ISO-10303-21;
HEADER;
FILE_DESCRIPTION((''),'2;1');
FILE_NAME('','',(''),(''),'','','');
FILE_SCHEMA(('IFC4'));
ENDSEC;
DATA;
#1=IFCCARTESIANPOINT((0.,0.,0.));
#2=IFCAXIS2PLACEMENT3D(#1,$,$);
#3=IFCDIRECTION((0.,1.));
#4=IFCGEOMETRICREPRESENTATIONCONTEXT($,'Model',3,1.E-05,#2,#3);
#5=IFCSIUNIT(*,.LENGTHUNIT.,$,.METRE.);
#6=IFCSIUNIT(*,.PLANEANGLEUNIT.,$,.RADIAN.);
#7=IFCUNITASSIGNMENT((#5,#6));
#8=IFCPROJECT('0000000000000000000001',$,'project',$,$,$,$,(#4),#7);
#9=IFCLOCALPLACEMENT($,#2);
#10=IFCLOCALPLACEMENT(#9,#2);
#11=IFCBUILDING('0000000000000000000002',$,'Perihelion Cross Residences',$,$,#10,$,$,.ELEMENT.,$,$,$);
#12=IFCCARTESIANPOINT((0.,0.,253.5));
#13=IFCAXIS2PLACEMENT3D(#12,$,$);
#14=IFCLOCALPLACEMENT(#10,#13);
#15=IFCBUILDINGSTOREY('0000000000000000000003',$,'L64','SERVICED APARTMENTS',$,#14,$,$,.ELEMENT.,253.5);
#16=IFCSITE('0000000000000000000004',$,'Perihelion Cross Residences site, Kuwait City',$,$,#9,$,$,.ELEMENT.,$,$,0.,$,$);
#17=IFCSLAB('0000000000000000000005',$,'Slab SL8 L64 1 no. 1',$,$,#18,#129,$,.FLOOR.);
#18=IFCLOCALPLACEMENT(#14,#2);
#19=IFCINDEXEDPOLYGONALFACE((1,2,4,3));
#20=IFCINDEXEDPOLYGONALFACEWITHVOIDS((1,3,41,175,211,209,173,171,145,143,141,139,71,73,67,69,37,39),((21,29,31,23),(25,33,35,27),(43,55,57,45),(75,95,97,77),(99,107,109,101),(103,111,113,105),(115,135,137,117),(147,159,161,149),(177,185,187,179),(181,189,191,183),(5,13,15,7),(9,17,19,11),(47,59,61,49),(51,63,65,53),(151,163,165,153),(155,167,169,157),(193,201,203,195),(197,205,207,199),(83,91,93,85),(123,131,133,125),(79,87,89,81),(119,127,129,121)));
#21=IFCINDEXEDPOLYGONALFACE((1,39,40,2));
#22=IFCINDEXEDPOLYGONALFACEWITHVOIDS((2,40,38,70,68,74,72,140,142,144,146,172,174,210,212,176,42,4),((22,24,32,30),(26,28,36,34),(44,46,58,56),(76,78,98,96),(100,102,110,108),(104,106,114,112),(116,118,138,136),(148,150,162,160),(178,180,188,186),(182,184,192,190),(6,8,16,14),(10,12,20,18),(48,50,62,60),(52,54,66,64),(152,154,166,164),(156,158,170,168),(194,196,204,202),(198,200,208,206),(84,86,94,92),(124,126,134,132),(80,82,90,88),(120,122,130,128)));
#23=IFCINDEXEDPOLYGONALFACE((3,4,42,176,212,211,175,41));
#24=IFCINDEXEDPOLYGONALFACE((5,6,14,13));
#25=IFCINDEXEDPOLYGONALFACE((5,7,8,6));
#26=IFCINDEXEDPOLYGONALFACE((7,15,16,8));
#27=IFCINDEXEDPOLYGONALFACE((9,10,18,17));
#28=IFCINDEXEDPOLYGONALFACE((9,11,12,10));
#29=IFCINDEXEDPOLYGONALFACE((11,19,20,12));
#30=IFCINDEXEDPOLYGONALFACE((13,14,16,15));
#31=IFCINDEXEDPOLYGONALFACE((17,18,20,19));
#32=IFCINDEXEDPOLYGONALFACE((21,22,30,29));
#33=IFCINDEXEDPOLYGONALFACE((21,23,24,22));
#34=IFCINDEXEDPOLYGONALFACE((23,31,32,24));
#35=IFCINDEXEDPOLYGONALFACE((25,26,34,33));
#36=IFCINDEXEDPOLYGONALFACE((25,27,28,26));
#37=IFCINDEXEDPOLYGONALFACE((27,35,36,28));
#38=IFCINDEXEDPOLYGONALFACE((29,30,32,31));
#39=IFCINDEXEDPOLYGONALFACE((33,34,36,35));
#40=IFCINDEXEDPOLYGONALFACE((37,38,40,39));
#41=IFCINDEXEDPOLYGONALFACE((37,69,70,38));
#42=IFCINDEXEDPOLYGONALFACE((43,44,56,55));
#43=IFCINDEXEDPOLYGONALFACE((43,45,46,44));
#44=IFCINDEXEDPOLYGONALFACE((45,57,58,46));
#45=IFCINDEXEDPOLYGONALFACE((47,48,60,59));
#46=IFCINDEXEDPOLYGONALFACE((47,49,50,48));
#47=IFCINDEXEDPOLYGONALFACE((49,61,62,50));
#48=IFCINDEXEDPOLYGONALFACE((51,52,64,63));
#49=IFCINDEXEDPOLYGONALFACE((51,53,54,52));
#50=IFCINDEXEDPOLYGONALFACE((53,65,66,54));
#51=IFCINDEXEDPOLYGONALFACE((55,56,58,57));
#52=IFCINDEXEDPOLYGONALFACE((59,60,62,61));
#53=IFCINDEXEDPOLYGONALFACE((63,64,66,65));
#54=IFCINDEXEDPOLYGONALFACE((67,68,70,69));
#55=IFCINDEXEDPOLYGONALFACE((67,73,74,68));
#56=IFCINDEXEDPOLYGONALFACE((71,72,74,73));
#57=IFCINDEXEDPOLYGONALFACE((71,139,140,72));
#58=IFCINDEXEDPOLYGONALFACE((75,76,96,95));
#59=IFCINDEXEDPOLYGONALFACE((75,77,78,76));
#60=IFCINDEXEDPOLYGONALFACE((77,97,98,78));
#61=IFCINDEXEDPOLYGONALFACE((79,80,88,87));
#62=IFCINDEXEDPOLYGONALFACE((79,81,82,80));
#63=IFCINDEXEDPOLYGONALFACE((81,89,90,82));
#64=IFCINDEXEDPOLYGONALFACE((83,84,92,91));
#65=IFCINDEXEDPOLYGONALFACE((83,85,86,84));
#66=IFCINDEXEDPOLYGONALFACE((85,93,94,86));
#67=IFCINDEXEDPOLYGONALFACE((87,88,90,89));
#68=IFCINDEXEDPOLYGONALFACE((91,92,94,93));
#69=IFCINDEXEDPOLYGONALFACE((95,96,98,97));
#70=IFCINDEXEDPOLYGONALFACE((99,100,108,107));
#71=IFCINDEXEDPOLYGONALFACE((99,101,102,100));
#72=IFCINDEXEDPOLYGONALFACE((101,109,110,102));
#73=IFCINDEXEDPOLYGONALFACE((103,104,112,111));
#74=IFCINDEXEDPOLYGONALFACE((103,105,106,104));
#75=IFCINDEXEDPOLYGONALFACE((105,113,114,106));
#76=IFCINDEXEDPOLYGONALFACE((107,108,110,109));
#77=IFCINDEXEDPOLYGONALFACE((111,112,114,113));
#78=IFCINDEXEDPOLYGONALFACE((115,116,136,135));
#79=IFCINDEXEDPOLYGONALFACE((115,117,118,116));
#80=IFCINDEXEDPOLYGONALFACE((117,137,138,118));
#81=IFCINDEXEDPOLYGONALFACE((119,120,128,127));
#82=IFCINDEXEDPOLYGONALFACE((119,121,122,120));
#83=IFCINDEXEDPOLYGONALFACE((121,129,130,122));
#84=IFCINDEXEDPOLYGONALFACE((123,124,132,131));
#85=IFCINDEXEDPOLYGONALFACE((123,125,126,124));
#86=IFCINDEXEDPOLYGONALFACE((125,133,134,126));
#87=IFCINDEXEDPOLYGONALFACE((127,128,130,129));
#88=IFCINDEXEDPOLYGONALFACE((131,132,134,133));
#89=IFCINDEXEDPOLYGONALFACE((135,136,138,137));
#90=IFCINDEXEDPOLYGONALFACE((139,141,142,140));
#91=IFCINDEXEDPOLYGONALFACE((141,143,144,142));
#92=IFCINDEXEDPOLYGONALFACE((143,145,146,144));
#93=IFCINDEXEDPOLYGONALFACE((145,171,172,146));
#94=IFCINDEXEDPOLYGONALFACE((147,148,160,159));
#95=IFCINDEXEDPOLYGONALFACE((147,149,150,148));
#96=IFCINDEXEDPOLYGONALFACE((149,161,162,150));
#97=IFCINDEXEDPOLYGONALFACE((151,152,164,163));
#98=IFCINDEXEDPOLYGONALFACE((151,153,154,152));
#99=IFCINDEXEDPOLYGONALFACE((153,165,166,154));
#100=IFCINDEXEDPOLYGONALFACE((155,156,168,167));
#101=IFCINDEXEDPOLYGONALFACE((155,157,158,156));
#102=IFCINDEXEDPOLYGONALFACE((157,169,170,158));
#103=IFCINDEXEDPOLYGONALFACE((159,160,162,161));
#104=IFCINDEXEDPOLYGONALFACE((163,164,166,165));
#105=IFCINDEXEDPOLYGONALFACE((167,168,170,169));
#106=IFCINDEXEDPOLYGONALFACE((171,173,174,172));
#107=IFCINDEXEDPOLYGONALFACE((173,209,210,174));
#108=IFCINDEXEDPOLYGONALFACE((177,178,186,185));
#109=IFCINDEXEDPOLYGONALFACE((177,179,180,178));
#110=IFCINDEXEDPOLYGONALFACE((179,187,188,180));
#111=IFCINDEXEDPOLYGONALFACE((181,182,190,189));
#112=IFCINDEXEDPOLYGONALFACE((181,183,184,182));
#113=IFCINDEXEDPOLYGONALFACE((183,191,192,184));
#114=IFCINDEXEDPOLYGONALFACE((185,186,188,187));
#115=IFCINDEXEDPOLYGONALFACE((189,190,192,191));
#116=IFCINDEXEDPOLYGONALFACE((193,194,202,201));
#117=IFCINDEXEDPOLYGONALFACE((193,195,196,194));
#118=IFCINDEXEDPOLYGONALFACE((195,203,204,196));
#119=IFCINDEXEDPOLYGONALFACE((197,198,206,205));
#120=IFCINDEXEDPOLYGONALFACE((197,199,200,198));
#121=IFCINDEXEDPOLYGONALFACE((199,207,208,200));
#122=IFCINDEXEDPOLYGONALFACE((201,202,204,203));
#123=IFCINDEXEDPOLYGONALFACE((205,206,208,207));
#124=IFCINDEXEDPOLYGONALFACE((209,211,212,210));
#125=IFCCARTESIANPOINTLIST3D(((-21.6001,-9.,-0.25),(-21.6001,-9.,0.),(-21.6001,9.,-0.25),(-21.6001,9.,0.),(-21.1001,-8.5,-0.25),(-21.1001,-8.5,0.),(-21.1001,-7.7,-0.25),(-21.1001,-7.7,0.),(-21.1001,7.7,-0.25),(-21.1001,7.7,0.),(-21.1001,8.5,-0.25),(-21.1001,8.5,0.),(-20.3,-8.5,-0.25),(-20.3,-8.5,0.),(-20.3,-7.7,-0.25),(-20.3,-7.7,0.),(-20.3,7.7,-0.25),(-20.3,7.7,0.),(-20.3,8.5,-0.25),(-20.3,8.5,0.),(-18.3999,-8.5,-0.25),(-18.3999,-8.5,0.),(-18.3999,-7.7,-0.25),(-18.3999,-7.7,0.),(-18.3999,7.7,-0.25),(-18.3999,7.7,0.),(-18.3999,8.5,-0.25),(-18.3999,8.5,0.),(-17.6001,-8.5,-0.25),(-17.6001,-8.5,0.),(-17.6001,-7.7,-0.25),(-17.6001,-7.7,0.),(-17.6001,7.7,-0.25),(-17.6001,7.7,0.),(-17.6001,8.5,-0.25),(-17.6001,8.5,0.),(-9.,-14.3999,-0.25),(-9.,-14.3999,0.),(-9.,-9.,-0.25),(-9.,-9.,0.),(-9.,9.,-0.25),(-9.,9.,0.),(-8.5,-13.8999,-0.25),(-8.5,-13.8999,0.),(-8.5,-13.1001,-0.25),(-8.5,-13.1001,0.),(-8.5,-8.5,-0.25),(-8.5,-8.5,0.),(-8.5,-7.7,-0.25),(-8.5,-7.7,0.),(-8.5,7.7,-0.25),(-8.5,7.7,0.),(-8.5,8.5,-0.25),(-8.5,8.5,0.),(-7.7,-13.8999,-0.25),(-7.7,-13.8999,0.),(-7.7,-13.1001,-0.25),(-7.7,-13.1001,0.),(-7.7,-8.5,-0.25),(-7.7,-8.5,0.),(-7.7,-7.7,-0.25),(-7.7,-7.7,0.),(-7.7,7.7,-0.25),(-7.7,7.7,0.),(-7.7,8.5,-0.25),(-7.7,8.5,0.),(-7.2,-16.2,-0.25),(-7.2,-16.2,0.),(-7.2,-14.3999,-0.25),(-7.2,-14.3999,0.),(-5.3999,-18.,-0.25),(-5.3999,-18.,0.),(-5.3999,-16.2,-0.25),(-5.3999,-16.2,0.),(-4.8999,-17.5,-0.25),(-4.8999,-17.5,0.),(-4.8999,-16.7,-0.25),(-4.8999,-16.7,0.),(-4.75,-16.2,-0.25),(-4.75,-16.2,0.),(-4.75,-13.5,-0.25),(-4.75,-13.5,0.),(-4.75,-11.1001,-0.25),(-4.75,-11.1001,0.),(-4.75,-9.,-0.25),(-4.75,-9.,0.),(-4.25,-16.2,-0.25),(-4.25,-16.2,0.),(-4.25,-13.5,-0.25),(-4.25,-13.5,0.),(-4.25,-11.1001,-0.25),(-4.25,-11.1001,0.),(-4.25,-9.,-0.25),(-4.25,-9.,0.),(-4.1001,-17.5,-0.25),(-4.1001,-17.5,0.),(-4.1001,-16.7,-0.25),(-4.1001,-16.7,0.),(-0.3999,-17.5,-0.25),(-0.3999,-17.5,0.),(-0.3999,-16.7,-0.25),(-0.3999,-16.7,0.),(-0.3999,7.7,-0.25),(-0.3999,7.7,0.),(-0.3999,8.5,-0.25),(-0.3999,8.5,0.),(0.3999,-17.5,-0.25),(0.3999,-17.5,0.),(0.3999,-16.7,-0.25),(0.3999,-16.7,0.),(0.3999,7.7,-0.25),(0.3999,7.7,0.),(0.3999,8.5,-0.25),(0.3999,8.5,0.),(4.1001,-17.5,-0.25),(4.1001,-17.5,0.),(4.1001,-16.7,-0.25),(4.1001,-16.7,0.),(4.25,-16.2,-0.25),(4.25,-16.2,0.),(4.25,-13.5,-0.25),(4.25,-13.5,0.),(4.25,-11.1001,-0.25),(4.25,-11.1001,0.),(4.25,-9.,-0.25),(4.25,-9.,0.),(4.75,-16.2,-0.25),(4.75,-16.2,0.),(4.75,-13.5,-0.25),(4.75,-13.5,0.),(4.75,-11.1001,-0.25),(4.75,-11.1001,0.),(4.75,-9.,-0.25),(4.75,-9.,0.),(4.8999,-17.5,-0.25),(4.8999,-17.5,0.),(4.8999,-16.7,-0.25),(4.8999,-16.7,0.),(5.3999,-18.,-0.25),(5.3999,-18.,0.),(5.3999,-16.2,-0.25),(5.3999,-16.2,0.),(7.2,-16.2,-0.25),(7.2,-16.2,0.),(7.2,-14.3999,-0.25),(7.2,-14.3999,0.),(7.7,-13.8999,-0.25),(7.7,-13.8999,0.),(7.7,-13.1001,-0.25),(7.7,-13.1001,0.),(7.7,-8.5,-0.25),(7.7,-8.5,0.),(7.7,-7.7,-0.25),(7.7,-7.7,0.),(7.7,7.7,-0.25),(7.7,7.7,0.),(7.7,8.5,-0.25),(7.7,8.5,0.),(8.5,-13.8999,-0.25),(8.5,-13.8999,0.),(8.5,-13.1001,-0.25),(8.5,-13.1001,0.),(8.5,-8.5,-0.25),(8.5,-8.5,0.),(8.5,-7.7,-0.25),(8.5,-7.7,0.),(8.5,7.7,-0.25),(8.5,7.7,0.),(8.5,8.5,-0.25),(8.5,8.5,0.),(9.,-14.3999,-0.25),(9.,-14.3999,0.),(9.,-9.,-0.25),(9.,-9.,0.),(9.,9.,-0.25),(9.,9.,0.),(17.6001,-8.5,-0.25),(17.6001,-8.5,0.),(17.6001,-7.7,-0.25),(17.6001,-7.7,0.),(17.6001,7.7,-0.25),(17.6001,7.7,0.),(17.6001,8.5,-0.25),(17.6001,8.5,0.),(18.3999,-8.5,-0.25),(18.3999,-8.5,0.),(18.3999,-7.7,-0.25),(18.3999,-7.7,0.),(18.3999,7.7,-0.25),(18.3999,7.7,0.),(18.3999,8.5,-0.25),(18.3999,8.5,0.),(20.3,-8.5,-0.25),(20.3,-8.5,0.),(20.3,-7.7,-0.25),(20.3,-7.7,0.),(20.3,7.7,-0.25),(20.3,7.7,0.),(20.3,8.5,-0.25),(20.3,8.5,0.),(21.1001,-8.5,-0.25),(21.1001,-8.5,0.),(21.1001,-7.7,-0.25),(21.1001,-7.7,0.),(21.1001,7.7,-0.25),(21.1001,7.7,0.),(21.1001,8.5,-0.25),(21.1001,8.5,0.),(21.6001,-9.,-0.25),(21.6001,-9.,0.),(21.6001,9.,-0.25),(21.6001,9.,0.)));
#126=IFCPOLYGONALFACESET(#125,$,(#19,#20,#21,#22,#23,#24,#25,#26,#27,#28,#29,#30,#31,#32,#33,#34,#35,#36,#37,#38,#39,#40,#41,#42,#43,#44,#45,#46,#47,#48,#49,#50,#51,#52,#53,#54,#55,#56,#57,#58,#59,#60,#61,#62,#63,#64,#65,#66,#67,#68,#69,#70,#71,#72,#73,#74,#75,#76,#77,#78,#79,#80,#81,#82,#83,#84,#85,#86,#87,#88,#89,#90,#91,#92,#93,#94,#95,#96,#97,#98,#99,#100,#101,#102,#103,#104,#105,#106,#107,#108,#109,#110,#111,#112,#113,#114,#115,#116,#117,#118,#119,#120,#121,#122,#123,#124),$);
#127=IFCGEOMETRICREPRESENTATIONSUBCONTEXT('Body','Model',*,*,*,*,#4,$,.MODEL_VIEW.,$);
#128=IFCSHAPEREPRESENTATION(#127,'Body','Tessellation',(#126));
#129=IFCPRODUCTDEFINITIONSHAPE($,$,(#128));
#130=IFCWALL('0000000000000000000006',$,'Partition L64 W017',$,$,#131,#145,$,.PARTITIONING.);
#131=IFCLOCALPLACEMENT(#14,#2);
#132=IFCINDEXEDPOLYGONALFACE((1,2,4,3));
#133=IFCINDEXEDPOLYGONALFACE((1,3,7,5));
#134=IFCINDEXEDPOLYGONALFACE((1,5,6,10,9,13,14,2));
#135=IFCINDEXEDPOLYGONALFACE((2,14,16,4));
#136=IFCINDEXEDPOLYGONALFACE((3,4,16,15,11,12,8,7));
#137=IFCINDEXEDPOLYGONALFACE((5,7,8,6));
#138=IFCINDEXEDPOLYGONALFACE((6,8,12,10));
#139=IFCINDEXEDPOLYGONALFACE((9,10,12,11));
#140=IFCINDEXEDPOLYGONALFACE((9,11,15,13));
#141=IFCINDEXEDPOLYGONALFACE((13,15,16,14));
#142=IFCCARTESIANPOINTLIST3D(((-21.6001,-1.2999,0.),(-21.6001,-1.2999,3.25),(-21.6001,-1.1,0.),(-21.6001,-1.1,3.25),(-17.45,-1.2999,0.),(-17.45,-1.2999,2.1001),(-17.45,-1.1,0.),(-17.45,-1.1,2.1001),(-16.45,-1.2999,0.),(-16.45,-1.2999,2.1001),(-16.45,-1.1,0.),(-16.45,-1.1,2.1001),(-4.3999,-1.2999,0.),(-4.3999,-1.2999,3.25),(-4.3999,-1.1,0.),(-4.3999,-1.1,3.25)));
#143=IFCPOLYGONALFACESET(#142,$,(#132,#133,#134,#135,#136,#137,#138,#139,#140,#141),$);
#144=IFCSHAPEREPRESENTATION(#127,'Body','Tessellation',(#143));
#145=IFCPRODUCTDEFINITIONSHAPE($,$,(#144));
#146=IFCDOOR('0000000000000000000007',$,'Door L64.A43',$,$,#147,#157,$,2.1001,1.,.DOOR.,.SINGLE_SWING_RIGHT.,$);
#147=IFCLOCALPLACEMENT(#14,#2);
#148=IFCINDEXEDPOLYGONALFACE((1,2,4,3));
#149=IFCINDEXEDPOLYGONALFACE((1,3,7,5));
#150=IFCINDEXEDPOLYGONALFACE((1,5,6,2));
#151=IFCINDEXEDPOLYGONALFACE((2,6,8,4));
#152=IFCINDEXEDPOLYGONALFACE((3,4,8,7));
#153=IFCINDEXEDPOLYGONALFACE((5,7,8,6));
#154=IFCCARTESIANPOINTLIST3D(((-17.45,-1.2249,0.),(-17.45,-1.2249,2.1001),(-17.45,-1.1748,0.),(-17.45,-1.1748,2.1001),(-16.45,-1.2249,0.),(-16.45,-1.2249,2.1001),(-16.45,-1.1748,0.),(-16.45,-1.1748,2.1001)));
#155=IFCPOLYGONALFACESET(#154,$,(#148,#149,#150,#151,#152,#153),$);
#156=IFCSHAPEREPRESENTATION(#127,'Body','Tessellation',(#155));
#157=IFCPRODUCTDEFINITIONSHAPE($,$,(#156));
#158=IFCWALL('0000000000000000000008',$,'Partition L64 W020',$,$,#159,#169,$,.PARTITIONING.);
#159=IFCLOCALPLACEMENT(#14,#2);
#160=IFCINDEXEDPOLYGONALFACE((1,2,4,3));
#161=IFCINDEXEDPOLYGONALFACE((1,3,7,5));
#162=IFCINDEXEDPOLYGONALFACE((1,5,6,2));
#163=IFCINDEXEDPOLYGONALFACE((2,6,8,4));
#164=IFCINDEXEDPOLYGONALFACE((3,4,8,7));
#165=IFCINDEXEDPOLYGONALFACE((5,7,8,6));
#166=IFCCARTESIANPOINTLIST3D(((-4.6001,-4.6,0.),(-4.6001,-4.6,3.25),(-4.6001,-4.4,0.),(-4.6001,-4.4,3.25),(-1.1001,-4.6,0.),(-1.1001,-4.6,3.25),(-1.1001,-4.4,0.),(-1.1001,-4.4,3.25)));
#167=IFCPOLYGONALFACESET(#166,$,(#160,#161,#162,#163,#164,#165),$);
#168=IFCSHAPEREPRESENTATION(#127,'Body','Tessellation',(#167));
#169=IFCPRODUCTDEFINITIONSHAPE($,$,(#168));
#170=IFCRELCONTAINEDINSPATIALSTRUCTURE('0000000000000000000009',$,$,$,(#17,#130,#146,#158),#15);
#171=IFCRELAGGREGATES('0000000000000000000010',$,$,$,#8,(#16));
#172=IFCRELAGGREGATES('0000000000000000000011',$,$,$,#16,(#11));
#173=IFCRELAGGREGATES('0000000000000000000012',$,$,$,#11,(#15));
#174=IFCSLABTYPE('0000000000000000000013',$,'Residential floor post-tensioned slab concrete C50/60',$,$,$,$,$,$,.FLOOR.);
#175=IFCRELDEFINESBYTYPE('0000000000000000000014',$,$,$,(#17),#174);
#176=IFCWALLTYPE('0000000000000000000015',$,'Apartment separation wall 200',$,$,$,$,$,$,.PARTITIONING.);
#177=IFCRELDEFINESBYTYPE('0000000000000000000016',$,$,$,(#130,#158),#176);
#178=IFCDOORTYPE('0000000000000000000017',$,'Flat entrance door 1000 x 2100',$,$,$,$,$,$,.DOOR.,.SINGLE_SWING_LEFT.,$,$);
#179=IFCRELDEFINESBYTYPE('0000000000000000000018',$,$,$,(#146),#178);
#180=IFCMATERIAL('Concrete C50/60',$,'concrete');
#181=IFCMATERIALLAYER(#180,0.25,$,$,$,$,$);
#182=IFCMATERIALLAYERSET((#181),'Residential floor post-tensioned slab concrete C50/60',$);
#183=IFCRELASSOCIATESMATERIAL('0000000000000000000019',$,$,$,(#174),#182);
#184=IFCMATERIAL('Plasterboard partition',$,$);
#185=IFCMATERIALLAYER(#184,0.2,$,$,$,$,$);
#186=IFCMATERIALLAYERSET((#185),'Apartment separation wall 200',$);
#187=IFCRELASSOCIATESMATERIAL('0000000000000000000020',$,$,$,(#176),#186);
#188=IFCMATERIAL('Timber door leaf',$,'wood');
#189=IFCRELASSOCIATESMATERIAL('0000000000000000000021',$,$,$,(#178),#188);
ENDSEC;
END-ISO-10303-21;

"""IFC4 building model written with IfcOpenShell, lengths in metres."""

from ifc_helpers import new_model, si_unit, direction, frame, frame_2d, origin, place, context, subcontext, project, spatial, polyline, rectangle, outline, extrude, material, layer, layer_set, type_object, element, fill, save


model = new_model("IFC4")

# Units and contexts
model_context = context("Model", 3, precision=1e-05, world=origin(), true_north=direction((0.0, 1.0)))
body_context = subcontext(model_context, "Body", "Model", "MODEL_VIEW")
ifc_project = project(units=[si_unit("LENGTHUNIT", "METRE"), si_unit("PLANEANGLEUNIT", "RADIAN")], contexts=[model_context])

# Site, building, storey
site_placement = place(None, origin())
site = spatial("IfcSite", under=ifc_project, at=site_placement, Name="Perihelion Cross Residences site, Kuwait City", CompositionType="ELEMENT", RefElevation=0.0)
building_placement = place(site_placement, origin())
building = spatial("IfcBuilding", under=site, at=building_placement, Name="Perihelion Cross Residences", CompositionType="ELEMENT")
storey_placement = place(building_placement, frame((0.0, 0.0, 253.5)))
storey = spatial("IfcBuildingStorey", under=building, at=storey_placement, Name="L64", Description="SERVICED APARTMENTS", CompositionType="ELEMENT", Elevation=253.5)

# Slab
ifc_material_1 = material(Name="Concrete C50/60", Category="concrete")
ifc_layer_1 = layer(ifc_material_1, 0.25)
ifc_layer_set_1 = layer_set([ifc_layer_1], Name="Residential floor post-tensioned slab concrete C50/60")
slab_type_1 = type_object("IfcSlabType", Name="Residential floor post-tensioned slab concrete C50/60", PredefinedType="FLOOR", material=ifc_layer_set_1)
slab_1_placement = place(storey_placement, frame((0.0, 0.0, -0.25)))
element("IfcSlab", 1, at=slab_1_placement, inside=storey, type_object=slab_type_1, Name="Slab SL8 L64 1 no. 1", PredefinedType="FLOOR", context=body_context, shape_type="SweptSolid", body=[
    extrude(outline(polyline([(-9.0, 9.0), (9.0, 9.0), (21.6001, 9.0), (21.6001, -9.0), (9.0, -9.0), (9.0, -14.3999), (7.2, -14.3999), (7.2, -16.2), (5.3999, -16.2), (5.3999, -18.0), (-5.3999, -18.0), (-5.3999, -16.2), (-7.2, -16.2), (-7.2, -14.3999), (-9.0, -14.3999), (-9.0, -9.0), (-21.6001, -9.0), (-21.6001, 9.0), (-9.0, 9.0)]), holes=[polyline([(-4.1001, -16.7), (-4.8999, -16.7), (-4.8999, -17.5), (-4.1001, -17.5), (-4.1001, -16.7)]), polyline([(0.3999, -17.5), (0.3999, -16.7), (-0.3999, -16.7), (-0.3999, -17.5), (0.3999, -17.5)]), polyline([(-4.25, -16.2), (-4.25, -13.5), (-4.75, -13.5), (-4.75, -16.2), (-4.25, -16.2)]), polyline([(-7.7, -13.1001), (-8.5, -13.1001), (-8.5, -13.8999), (-7.7, -13.8999), (-7.7, -13.1001)]), polyline([(-4.25, -11.1001), (-4.25, -9.0), (-4.75, -9.0), (-4.75, -11.1001), (-4.25, -11.1001)]), polyline([(-20.3, -8.5), (-20.3, -7.7), (-21.1001, -7.7), (-21.1001, -8.5), (-20.3, -8.5)]), polyline([(-17.6001, -7.7), (-18.3999, -7.7), (-18.3999, -8.5), (-17.6001, -8.5), (-17.6001, -7.7)]), polyline([(-7.7, -8.5), (-7.7, -7.7), (-8.5, -7.7), (-8.5, -8.5), (-7.7, -8.5)]), polyline([(-20.3, 8.5), (-21.1001, 8.5), (-21.1001, 7.7), (-20.3, 7.7), (-20.3, 8.5)]), polyline([(-17.6001, 7.7), (-17.6001, 8.5), (-18.3999, 8.5), (-18.3999, 7.7), (-17.6001, 7.7)]), polyline([(-7.7, 7.7), (-7.7, 8.5), (-8.5, 8.5), (-8.5, 7.7), (-7.7, 7.7)]), polyline([(4.8999, -16.7), (4.1001, -16.7), (4.1001, -17.5), (4.8999, -17.5), (4.8999, -16.7)]), polyline([(4.75, -16.2), (4.75, -13.5), (4.25, -13.5), (4.25, -16.2), (4.75, -16.2)]), polyline([(8.5, -13.8999), (8.5, -13.1001), (7.7, -13.1001), (7.7, -13.8999), (8.5, -13.8999)]), polyline([(4.75, -9.0), (4.25, -9.0), (4.25, -11.1001), (4.75, -11.1001), (4.75, -9.0)]), polyline([(8.5, -8.5), (8.5, -7.7), (7.7, -7.7), (7.7, -8.5), (8.5, -8.5)]), polyline([(18.3999, -8.5), (18.3999, -7.7), (17.6001, -7.7), (17.6001, -8.5), (18.3999, -8.5)]), polyline([(21.1001, -7.7), (20.3, -7.7), (20.3, -8.5), (21.1001, -8.5), (21.1001, -7.7)]), polyline([(0.3999, 7.7), (0.3999, 8.5), (-0.3999, 8.5), (-0.3999, 7.7), (0.3999, 7.7)]), polyline([(8.5, 8.5), (7.7, 8.5), (7.7, 7.7), (8.5, 7.7), (8.5, 8.5)]), polyline([(18.3999, 7.7), (18.3999, 8.5), (17.6001, 8.5), (17.6001, 7.7), (18.3999, 7.7)]), polyline([(21.1001, 7.7), (21.1001, 8.5), (20.3, 8.5), (20.3, 7.7), (21.1001, 7.7)])]), origin(), (0.0, 0.0, 1.0), 0.25),
])

# Wall, opening, door
ifc_material_2 = material(Name="Plasterboard partition")
ifc_layer_2 = layer(ifc_material_2, 0.2)
ifc_layer_set_2 = layer_set([ifc_layer_2], Name="Apartment separation wall 200")
wall_type_1 = type_object("IfcWallType", Name="Apartment separation wall 200", PredefinedType="PARTITIONING", material=ifc_layer_set_2)
wall_1_placement = place(storey_placement, frame((-4.3999, -1.2, 0.0), z_axis=(0.0, 0.0, 1.0), x_axis=(-1.0, 0.0, 0.0)))
wall_1 = element("IfcWall", 2, at=wall_1_placement, inside=storey, type_object=wall_type_1, Name="Partition L64 W017", PredefinedType="PARTITIONING", context=body_context, shape_type="SweptSolid", body=[
    extrude(rectangle(XDim=17.2002, YDim=0.2, at=frame_2d((8.6001, 0.0))), origin(), (0.0, 0.0, 1.0), 3.25),
])
opening_1_placement = place(wall_1_placement, frame((12.05, 0.0, 0.0)))
opening_1 = element("IfcOpeningElement", 3, at=opening_1_placement, cuts=wall_1, PredefinedType="OPENING", context=body_context, shape_type="SweptSolid", body=[
    extrude(rectangle(XDim=1.0, YDim=2.1001, at=frame_2d((0.5, 1.05))), frame((0.0, 0.1099, 0.0), z_axis=(0.0, -1.0, 0.0), x_axis=(1.0, 0.0, 0.0)), (0.0, 0.0, 1.0), 0.22),
])
ifc_material_3 = material(Name="Timber door leaf", Category="wood")
door_type_1 = type_object("IfcDoorType", Name="Flat entrance door 1000 x 2100", OperationType="SINGLE_SWING_LEFT", PredefinedType="DOOR", material=ifc_material_3)
door_1_placement = place(opening_1_placement, origin())
door_1 = element("IfcDoor", 4, at=door_1_placement, inside=storey, type_object=door_type_1, Name="Door L64.A43", OperationType="SINGLE_SWING_RIGHT", OverallHeight=2.1001, OverallWidth=1.0, PredefinedType="DOOR", context=body_context, shape_type="SweptSolid", body=[
    extrude(rectangle(XDim=1.0, YDim=2.1001, at=frame_2d((0.5, 1.05))), frame((0.0, 0.0249, 0.0), z_axis=(0.0, -1.0, 0.0), x_axis=(1.0, 0.0, 0.0)), (0.0, 0.0, 1.0), 0.05),
])
fill(opening_1, door_1)

# Wall
wall_2_placement = place(storey_placement, frame((-1.1001, -4.5, 0.0), z_axis=(0.0, 0.0, 1.0), x_axis=(-1.0, 0.0, 0.0)))
element("IfcWall", 5, at=wall_2_placement, inside=storey, type_object=wall_type_1, Name="Partition L64 W020", PredefinedType="PARTITIONING", context=body_context, shape_type="SweptSolid", body=[
    extrude(rectangle(XDim=3.5, YDim=0.2, at=frame_2d((1.75, 0.0))), origin(), (0.0, 0.0, 1.0), 3.25),
])

save(model, "model.ifc")
